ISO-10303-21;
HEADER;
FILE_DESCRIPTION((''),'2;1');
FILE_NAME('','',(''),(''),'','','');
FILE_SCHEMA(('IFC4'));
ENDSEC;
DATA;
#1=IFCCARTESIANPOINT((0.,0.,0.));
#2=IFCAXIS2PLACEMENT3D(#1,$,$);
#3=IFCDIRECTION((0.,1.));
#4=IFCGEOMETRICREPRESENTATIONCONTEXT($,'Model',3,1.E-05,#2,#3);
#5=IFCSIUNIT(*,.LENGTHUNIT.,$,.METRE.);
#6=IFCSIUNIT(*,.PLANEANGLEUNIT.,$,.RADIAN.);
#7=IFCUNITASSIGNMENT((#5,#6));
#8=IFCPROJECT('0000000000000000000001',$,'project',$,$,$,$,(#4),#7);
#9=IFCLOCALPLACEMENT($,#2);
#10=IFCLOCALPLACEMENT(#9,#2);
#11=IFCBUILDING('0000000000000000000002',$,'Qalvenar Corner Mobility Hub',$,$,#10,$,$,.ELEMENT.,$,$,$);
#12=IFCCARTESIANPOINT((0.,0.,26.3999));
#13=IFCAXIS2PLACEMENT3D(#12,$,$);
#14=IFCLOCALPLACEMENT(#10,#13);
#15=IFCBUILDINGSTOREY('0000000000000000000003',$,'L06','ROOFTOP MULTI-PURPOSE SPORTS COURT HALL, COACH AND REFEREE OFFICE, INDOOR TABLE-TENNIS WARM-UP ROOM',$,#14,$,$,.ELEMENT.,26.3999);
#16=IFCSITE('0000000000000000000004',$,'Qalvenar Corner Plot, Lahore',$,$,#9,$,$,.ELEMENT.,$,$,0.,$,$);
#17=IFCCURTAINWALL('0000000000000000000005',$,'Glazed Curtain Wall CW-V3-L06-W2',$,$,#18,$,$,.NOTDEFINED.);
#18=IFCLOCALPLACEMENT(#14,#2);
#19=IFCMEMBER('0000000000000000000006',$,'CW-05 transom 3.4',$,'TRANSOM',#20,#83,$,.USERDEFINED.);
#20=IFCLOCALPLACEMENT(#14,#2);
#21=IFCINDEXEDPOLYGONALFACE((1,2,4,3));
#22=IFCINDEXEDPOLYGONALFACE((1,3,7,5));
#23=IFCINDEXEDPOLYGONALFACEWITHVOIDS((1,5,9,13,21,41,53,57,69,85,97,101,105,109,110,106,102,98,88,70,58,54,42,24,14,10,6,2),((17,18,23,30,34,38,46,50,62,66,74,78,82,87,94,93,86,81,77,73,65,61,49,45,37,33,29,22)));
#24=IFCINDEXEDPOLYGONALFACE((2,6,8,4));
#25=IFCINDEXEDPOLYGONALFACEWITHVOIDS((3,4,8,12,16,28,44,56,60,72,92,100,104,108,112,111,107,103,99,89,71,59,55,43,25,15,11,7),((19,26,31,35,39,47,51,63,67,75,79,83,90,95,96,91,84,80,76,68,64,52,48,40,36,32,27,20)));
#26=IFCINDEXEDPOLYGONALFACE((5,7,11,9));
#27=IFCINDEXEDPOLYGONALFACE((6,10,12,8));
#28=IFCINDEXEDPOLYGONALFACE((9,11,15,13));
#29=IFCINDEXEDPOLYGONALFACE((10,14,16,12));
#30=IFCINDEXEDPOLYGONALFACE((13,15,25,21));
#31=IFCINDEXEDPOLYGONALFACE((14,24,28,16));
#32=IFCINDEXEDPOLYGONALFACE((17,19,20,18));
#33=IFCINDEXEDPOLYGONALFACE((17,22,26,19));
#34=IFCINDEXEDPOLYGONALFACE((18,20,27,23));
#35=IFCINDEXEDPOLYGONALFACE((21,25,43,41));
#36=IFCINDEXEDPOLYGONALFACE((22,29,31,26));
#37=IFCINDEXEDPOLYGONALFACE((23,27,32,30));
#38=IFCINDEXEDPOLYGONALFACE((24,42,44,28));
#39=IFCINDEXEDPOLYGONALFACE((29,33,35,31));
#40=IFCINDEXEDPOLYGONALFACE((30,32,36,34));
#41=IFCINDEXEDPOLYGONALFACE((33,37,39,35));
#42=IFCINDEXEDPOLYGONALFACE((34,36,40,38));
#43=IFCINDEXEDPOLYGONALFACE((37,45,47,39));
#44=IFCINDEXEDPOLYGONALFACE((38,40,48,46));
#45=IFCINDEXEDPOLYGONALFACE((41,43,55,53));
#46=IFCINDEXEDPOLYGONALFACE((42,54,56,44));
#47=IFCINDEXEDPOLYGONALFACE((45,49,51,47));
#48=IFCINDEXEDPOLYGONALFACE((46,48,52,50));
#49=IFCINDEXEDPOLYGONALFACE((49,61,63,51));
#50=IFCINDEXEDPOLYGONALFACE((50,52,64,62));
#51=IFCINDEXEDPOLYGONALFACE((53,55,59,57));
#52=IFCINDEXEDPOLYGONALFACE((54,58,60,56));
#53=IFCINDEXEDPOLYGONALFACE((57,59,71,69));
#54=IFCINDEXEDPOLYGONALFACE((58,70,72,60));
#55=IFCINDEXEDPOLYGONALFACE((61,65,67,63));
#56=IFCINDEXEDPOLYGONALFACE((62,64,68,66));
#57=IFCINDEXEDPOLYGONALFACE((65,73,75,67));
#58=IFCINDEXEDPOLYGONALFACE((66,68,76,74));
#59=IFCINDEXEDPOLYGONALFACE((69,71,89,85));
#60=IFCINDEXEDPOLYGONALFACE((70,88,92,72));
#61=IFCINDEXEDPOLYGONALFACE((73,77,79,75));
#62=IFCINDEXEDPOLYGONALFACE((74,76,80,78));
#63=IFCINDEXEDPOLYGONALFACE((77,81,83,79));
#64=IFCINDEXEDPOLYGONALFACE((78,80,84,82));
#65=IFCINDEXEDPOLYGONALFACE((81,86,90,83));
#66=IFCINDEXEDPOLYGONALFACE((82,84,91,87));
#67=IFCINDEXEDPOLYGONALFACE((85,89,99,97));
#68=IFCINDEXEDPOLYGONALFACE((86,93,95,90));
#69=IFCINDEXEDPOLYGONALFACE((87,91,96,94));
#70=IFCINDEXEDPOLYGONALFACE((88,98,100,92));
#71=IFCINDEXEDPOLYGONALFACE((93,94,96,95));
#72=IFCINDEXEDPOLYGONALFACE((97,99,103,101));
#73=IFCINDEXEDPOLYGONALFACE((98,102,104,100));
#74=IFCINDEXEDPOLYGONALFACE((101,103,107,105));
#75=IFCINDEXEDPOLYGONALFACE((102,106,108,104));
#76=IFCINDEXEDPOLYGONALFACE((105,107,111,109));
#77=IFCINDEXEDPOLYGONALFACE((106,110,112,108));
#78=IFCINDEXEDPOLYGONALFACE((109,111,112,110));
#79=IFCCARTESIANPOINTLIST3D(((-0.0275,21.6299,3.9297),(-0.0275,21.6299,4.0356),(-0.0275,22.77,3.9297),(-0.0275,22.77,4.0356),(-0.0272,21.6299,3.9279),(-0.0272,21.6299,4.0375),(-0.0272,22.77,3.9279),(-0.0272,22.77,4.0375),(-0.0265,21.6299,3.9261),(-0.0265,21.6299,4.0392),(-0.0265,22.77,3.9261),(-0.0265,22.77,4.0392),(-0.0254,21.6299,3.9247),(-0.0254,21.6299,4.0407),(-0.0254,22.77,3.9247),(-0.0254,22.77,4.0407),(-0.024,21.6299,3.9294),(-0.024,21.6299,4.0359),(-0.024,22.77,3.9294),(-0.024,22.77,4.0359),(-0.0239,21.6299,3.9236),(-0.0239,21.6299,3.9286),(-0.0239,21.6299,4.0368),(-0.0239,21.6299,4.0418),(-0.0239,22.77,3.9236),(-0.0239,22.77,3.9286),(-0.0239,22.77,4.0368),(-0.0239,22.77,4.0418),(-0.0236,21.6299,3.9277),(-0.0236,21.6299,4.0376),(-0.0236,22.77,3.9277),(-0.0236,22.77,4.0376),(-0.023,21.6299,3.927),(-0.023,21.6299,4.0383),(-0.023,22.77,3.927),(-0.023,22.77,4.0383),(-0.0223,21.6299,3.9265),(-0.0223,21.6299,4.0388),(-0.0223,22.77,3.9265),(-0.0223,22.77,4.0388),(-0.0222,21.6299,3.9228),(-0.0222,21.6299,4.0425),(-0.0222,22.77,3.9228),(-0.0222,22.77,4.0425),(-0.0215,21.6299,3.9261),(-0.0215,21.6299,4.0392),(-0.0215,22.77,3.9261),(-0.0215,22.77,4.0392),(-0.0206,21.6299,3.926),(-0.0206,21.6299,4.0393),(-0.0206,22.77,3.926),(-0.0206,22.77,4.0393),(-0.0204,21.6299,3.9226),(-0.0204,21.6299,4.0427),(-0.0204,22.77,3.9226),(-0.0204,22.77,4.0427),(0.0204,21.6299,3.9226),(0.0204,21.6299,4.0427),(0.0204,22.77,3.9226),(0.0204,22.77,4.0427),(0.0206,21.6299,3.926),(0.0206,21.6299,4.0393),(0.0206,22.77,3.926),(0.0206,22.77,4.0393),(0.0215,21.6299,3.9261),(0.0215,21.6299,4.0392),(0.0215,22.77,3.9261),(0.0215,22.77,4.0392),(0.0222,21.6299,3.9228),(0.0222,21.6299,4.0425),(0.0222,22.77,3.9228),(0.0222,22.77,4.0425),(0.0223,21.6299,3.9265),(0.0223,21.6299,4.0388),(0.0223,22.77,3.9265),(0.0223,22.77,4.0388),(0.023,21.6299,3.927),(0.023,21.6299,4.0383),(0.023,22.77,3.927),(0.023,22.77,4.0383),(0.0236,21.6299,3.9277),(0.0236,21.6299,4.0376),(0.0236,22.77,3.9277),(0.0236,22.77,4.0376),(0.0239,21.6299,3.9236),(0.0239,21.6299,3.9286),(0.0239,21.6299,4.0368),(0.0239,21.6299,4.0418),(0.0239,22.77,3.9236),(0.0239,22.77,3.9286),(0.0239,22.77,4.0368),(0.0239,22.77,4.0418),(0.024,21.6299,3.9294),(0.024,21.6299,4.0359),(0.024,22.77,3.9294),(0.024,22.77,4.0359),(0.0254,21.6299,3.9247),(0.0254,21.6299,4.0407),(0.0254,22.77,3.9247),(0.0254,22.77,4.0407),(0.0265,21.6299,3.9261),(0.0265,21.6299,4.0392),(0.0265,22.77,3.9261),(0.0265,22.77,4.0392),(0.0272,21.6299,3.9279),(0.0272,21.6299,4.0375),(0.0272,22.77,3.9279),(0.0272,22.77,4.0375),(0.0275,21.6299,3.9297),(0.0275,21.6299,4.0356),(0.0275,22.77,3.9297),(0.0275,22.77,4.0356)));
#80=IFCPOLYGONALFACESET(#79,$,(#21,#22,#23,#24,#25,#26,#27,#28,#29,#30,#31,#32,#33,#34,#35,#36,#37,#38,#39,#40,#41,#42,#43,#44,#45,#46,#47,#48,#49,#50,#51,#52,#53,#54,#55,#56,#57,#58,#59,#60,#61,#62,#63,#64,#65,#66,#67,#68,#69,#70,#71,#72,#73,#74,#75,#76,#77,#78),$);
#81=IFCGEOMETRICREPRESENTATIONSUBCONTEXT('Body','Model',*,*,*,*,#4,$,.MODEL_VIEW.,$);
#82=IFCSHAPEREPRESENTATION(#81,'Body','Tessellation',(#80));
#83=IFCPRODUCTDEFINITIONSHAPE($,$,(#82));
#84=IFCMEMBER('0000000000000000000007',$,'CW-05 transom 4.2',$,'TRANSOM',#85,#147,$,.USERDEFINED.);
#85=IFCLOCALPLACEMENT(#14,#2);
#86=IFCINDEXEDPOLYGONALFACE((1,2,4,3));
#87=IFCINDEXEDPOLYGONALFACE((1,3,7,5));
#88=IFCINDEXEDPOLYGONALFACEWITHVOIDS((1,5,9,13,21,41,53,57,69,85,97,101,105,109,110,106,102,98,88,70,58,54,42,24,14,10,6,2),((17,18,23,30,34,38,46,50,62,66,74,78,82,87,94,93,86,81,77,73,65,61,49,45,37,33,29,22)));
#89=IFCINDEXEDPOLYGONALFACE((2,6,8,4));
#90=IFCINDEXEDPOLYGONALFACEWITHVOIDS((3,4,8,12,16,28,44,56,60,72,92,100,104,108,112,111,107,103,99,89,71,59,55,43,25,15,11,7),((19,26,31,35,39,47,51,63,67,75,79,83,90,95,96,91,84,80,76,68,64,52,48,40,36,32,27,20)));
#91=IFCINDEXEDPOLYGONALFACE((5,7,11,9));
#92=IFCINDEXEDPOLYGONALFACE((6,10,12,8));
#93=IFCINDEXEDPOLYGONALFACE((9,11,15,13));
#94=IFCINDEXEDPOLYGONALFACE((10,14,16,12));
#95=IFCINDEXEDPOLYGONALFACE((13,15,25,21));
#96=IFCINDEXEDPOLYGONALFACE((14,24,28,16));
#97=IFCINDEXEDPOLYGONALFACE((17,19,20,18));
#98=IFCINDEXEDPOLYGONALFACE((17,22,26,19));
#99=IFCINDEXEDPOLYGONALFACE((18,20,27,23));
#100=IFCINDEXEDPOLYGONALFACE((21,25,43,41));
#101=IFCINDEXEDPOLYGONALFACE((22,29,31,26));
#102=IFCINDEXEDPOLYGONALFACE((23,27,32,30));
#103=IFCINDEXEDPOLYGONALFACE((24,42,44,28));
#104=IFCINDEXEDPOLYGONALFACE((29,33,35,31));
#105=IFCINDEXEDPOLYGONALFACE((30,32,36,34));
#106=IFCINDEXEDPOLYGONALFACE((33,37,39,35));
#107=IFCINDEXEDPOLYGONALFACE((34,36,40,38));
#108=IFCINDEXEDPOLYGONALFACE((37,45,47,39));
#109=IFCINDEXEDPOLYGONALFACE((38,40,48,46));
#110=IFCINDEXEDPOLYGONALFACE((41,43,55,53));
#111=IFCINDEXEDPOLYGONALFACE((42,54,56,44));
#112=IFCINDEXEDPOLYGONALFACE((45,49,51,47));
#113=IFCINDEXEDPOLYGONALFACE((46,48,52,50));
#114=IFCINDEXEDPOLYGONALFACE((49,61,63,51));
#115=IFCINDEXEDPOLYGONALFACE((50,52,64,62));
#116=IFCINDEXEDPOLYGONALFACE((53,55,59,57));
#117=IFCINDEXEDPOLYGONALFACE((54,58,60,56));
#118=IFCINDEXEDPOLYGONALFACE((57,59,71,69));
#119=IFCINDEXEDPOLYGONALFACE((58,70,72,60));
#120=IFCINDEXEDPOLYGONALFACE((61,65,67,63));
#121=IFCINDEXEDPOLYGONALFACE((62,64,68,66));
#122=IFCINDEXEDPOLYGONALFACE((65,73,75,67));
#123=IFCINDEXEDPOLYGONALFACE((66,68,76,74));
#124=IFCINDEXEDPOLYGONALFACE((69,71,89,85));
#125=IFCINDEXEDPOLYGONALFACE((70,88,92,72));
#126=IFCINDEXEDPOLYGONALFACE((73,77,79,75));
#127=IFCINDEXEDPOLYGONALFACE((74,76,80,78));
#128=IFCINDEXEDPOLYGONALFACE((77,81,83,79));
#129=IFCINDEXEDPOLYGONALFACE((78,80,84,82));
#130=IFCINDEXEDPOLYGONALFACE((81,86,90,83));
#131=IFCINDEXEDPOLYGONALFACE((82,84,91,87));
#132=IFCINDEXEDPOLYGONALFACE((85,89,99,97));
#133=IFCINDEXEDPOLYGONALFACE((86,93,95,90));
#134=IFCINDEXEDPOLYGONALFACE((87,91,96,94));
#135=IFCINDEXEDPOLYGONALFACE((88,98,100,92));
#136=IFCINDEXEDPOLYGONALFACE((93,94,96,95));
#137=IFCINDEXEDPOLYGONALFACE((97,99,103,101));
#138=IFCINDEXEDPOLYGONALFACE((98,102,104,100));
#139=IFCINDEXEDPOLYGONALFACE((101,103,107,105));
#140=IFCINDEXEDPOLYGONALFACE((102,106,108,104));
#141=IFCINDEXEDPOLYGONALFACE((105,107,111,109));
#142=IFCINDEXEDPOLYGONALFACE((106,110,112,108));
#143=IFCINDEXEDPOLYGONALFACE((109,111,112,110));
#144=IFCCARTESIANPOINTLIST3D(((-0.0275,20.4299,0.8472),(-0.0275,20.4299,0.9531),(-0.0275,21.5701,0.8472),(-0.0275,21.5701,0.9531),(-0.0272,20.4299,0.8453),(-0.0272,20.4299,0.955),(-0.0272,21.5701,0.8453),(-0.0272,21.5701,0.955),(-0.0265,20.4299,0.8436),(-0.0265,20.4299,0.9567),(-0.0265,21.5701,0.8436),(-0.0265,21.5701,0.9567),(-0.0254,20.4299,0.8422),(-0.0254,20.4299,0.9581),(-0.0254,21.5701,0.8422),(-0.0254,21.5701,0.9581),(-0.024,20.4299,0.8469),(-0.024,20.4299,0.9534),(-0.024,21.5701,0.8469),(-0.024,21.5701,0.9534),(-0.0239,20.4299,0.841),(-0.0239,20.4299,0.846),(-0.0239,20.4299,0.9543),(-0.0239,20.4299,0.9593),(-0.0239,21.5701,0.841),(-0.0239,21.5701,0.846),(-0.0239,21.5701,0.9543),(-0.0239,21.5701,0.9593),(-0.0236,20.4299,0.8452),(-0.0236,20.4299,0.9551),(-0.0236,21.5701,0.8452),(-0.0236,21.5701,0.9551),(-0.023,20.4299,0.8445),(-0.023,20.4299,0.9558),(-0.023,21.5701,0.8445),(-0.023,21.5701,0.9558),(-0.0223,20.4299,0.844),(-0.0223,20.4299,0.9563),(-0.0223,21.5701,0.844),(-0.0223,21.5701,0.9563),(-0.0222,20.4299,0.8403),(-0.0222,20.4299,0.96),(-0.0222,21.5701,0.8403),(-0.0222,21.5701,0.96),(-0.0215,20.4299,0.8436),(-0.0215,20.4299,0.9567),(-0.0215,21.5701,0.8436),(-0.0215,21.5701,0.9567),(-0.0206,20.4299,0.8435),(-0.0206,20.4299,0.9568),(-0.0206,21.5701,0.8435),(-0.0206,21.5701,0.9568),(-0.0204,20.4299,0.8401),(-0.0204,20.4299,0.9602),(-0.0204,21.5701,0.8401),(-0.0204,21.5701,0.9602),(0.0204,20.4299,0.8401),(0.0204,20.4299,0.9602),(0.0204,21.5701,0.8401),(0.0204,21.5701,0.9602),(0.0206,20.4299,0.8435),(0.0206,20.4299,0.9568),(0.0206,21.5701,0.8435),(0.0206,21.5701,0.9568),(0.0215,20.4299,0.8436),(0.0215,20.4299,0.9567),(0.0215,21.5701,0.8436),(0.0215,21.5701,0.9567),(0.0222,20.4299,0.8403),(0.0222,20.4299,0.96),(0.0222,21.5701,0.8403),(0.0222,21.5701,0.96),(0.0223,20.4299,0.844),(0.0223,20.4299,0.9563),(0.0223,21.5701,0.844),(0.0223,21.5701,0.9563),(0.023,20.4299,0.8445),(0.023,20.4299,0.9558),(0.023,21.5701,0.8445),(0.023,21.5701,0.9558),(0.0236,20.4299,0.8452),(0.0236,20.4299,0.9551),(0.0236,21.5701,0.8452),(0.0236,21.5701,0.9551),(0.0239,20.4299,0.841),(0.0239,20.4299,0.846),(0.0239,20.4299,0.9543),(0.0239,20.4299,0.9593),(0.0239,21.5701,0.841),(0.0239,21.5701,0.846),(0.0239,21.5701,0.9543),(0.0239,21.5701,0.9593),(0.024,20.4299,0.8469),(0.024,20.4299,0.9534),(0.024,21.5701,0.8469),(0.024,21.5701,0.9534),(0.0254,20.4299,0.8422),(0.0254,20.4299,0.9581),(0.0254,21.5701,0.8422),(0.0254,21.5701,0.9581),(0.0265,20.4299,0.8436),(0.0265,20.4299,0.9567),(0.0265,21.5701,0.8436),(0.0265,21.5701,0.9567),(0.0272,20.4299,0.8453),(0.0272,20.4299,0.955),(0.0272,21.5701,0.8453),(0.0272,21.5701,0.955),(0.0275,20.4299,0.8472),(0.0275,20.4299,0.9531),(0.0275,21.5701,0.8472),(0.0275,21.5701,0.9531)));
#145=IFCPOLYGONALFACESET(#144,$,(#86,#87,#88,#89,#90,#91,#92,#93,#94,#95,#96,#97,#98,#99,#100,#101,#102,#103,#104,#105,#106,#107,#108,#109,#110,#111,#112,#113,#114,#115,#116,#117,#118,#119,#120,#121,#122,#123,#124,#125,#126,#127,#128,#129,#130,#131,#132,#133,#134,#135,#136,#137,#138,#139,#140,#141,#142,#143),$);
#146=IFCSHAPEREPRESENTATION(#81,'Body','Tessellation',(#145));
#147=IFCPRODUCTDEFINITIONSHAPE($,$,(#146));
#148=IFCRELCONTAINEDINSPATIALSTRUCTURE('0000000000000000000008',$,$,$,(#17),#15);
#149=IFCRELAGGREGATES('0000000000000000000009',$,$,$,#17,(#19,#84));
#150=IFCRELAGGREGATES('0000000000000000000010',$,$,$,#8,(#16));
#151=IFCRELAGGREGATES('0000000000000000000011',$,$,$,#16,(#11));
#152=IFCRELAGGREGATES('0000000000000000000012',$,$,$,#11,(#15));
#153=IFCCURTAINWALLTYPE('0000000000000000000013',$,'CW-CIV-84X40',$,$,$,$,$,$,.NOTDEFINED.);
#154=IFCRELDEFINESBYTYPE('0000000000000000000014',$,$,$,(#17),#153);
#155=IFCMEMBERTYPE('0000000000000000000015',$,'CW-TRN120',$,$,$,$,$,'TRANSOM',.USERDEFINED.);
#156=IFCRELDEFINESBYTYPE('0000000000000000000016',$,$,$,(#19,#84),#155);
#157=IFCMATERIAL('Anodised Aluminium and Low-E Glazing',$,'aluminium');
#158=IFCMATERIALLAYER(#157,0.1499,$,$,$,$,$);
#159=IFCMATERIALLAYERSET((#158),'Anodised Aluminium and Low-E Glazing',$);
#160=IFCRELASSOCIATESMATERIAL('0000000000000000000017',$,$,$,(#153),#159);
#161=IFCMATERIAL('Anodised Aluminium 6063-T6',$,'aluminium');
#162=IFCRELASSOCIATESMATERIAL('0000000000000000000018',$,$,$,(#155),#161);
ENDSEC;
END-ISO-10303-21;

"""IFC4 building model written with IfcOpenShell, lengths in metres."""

from ifc_helpers import new_model, si_unit, direction, frame, origin, origin_2d, place, context, subcontext, project, spatial, hollow_rectangle, extrude, material, layer, layer_set, material_profile, profile_set, type_object, element, aggregate, save


model = new_model("IFC4")

# Units and contexts
model_context = context("Model", 3, precision=1e-05, world=origin(), true_north=direction((0.0, 1.0)))
body_context = subcontext(model_context, "Body", "Model", "MODEL_VIEW")
ifc_project = project(units=[si_unit("LENGTHUNIT", "METRE"), si_unit("PLANEANGLEUNIT", "RADIAN")], contexts=[model_context])

# Site, building, storey
site_placement = place(None, origin())
site = spatial("IfcSite", under=ifc_project, at=site_placement, Name="Qalvenar Corner Plot, Lahore", CompositionType="ELEMENT", RefElevation=0.0)
building_placement = place(site_placement, origin())
building = spatial("IfcBuilding", under=site, at=building_placement, Name="Qalvenar Corner Mobility Hub", CompositionType="ELEMENT")
storey_placement = place(building_placement, frame((0.0, 0.0, 26.3999)))
storey = spatial("IfcBuildingStorey", under=building, at=storey_placement, Name="L06", Description="ROOFTOP MULTI-PURPOSE SPORTS COURT HALL, COACH AND REFEREE OFFICE, INDOOR TABLE-TENNIS WARM-UP ROOM", CompositionType="ELEMENT", Elevation=26.3999)

# Curtain wall, members
ifc_material_1 = material(Name="Anodised Aluminium and Low-E Glazing", Category="aluminium")
ifc_layer_1 = layer(ifc_material_1, 0.1499)
ifc_layer_set_1 = layer_set([ifc_layer_1], Name="Anodised Aluminium and Low-E Glazing")
curtain_wall_type = type_object("IfcCurtainWallType", Name="CW-CIV-84X40", PredefinedType="NOTDEFINED", material=ifc_layer_set_1)
curtain_wall_placement = place(storey_placement, origin())
curtain_wall = element("IfcCurtainWall", 1, at=curtain_wall_placement, inside=storey, type_object=curtain_wall_type, Name="Glazed Curtain Wall CW-V3-L06-W2", PredefinedType="NOTDEFINED")
ifc_material_2 = material(Name="Anodised Aluminium 6063-T6", Category="aluminium")
ifc_material_profile_1 = material_profile(ifc_material_2, hollow_rectangle(XDim=0.0549, YDim=0.1201, WallThickness=0.0034, InnerFilletRadius=0.0034, OuterFilletRadius=0.0071, at=origin_2d()), Name="RHS120x55x3.5")
ifc_profile_set_1 = profile_set([ifc_material_profile_1], Name="Anodised Aluminium 6063-T6")
member_type_1 = type_object("IfcMemberType", Name="CW-TRN120", ElementType="TRANSOM", PredefinedType="USERDEFINED", material=ifc_profile_set_1)
member_1_placement = place(storey_placement, frame((0.0, 22.77, 3.9827), z_axis=(0.0, -1.0, 0.0), x_axis=(1.0, 0.0, 0.0)))
member_1 = element("IfcMember", 2, at=member_1_placement, type_object=member_type_1, Name="CW-05 transom 3.4", ObjectType="TRANSOM", PredefinedType="USERDEFINED", context=body_context, shape_type="SweptSolid", body=[
    extrude(hollow_rectangle(XDim=0.0549, YDim=0.1201, WallThickness=0.0034, InnerFilletRadius=0.0034, OuterFilletRadius=0.0071, at=origin_2d()), origin(), (0.0, 0.0, 1.0), 1.1401),
])
member_2_placement = place(storey_placement, frame((0.0, 21.5701, 0.9001), z_axis=(0.0, -1.0, 0.0), x_axis=(1.0, 0.0, 0.0)))
member_2 = element("IfcMember", 3, at=member_2_placement, type_object=member_type_1, Name="CW-05 transom 4.2", ObjectType="TRANSOM", PredefinedType="USERDEFINED", context=body_context, shape_type="SweptSolid", body=[
    extrude(hollow_rectangle(XDim=0.0549, YDim=0.1201, WallThickness=0.0034, InnerFilletRadius=0.0034, OuterFilletRadius=0.0071, at=origin_2d()), origin(), (0.0, 0.0, 1.0), 1.1401),
])

aggregate(curtain_wall, [member_1, member_2])

save(model, "model.ifc")
